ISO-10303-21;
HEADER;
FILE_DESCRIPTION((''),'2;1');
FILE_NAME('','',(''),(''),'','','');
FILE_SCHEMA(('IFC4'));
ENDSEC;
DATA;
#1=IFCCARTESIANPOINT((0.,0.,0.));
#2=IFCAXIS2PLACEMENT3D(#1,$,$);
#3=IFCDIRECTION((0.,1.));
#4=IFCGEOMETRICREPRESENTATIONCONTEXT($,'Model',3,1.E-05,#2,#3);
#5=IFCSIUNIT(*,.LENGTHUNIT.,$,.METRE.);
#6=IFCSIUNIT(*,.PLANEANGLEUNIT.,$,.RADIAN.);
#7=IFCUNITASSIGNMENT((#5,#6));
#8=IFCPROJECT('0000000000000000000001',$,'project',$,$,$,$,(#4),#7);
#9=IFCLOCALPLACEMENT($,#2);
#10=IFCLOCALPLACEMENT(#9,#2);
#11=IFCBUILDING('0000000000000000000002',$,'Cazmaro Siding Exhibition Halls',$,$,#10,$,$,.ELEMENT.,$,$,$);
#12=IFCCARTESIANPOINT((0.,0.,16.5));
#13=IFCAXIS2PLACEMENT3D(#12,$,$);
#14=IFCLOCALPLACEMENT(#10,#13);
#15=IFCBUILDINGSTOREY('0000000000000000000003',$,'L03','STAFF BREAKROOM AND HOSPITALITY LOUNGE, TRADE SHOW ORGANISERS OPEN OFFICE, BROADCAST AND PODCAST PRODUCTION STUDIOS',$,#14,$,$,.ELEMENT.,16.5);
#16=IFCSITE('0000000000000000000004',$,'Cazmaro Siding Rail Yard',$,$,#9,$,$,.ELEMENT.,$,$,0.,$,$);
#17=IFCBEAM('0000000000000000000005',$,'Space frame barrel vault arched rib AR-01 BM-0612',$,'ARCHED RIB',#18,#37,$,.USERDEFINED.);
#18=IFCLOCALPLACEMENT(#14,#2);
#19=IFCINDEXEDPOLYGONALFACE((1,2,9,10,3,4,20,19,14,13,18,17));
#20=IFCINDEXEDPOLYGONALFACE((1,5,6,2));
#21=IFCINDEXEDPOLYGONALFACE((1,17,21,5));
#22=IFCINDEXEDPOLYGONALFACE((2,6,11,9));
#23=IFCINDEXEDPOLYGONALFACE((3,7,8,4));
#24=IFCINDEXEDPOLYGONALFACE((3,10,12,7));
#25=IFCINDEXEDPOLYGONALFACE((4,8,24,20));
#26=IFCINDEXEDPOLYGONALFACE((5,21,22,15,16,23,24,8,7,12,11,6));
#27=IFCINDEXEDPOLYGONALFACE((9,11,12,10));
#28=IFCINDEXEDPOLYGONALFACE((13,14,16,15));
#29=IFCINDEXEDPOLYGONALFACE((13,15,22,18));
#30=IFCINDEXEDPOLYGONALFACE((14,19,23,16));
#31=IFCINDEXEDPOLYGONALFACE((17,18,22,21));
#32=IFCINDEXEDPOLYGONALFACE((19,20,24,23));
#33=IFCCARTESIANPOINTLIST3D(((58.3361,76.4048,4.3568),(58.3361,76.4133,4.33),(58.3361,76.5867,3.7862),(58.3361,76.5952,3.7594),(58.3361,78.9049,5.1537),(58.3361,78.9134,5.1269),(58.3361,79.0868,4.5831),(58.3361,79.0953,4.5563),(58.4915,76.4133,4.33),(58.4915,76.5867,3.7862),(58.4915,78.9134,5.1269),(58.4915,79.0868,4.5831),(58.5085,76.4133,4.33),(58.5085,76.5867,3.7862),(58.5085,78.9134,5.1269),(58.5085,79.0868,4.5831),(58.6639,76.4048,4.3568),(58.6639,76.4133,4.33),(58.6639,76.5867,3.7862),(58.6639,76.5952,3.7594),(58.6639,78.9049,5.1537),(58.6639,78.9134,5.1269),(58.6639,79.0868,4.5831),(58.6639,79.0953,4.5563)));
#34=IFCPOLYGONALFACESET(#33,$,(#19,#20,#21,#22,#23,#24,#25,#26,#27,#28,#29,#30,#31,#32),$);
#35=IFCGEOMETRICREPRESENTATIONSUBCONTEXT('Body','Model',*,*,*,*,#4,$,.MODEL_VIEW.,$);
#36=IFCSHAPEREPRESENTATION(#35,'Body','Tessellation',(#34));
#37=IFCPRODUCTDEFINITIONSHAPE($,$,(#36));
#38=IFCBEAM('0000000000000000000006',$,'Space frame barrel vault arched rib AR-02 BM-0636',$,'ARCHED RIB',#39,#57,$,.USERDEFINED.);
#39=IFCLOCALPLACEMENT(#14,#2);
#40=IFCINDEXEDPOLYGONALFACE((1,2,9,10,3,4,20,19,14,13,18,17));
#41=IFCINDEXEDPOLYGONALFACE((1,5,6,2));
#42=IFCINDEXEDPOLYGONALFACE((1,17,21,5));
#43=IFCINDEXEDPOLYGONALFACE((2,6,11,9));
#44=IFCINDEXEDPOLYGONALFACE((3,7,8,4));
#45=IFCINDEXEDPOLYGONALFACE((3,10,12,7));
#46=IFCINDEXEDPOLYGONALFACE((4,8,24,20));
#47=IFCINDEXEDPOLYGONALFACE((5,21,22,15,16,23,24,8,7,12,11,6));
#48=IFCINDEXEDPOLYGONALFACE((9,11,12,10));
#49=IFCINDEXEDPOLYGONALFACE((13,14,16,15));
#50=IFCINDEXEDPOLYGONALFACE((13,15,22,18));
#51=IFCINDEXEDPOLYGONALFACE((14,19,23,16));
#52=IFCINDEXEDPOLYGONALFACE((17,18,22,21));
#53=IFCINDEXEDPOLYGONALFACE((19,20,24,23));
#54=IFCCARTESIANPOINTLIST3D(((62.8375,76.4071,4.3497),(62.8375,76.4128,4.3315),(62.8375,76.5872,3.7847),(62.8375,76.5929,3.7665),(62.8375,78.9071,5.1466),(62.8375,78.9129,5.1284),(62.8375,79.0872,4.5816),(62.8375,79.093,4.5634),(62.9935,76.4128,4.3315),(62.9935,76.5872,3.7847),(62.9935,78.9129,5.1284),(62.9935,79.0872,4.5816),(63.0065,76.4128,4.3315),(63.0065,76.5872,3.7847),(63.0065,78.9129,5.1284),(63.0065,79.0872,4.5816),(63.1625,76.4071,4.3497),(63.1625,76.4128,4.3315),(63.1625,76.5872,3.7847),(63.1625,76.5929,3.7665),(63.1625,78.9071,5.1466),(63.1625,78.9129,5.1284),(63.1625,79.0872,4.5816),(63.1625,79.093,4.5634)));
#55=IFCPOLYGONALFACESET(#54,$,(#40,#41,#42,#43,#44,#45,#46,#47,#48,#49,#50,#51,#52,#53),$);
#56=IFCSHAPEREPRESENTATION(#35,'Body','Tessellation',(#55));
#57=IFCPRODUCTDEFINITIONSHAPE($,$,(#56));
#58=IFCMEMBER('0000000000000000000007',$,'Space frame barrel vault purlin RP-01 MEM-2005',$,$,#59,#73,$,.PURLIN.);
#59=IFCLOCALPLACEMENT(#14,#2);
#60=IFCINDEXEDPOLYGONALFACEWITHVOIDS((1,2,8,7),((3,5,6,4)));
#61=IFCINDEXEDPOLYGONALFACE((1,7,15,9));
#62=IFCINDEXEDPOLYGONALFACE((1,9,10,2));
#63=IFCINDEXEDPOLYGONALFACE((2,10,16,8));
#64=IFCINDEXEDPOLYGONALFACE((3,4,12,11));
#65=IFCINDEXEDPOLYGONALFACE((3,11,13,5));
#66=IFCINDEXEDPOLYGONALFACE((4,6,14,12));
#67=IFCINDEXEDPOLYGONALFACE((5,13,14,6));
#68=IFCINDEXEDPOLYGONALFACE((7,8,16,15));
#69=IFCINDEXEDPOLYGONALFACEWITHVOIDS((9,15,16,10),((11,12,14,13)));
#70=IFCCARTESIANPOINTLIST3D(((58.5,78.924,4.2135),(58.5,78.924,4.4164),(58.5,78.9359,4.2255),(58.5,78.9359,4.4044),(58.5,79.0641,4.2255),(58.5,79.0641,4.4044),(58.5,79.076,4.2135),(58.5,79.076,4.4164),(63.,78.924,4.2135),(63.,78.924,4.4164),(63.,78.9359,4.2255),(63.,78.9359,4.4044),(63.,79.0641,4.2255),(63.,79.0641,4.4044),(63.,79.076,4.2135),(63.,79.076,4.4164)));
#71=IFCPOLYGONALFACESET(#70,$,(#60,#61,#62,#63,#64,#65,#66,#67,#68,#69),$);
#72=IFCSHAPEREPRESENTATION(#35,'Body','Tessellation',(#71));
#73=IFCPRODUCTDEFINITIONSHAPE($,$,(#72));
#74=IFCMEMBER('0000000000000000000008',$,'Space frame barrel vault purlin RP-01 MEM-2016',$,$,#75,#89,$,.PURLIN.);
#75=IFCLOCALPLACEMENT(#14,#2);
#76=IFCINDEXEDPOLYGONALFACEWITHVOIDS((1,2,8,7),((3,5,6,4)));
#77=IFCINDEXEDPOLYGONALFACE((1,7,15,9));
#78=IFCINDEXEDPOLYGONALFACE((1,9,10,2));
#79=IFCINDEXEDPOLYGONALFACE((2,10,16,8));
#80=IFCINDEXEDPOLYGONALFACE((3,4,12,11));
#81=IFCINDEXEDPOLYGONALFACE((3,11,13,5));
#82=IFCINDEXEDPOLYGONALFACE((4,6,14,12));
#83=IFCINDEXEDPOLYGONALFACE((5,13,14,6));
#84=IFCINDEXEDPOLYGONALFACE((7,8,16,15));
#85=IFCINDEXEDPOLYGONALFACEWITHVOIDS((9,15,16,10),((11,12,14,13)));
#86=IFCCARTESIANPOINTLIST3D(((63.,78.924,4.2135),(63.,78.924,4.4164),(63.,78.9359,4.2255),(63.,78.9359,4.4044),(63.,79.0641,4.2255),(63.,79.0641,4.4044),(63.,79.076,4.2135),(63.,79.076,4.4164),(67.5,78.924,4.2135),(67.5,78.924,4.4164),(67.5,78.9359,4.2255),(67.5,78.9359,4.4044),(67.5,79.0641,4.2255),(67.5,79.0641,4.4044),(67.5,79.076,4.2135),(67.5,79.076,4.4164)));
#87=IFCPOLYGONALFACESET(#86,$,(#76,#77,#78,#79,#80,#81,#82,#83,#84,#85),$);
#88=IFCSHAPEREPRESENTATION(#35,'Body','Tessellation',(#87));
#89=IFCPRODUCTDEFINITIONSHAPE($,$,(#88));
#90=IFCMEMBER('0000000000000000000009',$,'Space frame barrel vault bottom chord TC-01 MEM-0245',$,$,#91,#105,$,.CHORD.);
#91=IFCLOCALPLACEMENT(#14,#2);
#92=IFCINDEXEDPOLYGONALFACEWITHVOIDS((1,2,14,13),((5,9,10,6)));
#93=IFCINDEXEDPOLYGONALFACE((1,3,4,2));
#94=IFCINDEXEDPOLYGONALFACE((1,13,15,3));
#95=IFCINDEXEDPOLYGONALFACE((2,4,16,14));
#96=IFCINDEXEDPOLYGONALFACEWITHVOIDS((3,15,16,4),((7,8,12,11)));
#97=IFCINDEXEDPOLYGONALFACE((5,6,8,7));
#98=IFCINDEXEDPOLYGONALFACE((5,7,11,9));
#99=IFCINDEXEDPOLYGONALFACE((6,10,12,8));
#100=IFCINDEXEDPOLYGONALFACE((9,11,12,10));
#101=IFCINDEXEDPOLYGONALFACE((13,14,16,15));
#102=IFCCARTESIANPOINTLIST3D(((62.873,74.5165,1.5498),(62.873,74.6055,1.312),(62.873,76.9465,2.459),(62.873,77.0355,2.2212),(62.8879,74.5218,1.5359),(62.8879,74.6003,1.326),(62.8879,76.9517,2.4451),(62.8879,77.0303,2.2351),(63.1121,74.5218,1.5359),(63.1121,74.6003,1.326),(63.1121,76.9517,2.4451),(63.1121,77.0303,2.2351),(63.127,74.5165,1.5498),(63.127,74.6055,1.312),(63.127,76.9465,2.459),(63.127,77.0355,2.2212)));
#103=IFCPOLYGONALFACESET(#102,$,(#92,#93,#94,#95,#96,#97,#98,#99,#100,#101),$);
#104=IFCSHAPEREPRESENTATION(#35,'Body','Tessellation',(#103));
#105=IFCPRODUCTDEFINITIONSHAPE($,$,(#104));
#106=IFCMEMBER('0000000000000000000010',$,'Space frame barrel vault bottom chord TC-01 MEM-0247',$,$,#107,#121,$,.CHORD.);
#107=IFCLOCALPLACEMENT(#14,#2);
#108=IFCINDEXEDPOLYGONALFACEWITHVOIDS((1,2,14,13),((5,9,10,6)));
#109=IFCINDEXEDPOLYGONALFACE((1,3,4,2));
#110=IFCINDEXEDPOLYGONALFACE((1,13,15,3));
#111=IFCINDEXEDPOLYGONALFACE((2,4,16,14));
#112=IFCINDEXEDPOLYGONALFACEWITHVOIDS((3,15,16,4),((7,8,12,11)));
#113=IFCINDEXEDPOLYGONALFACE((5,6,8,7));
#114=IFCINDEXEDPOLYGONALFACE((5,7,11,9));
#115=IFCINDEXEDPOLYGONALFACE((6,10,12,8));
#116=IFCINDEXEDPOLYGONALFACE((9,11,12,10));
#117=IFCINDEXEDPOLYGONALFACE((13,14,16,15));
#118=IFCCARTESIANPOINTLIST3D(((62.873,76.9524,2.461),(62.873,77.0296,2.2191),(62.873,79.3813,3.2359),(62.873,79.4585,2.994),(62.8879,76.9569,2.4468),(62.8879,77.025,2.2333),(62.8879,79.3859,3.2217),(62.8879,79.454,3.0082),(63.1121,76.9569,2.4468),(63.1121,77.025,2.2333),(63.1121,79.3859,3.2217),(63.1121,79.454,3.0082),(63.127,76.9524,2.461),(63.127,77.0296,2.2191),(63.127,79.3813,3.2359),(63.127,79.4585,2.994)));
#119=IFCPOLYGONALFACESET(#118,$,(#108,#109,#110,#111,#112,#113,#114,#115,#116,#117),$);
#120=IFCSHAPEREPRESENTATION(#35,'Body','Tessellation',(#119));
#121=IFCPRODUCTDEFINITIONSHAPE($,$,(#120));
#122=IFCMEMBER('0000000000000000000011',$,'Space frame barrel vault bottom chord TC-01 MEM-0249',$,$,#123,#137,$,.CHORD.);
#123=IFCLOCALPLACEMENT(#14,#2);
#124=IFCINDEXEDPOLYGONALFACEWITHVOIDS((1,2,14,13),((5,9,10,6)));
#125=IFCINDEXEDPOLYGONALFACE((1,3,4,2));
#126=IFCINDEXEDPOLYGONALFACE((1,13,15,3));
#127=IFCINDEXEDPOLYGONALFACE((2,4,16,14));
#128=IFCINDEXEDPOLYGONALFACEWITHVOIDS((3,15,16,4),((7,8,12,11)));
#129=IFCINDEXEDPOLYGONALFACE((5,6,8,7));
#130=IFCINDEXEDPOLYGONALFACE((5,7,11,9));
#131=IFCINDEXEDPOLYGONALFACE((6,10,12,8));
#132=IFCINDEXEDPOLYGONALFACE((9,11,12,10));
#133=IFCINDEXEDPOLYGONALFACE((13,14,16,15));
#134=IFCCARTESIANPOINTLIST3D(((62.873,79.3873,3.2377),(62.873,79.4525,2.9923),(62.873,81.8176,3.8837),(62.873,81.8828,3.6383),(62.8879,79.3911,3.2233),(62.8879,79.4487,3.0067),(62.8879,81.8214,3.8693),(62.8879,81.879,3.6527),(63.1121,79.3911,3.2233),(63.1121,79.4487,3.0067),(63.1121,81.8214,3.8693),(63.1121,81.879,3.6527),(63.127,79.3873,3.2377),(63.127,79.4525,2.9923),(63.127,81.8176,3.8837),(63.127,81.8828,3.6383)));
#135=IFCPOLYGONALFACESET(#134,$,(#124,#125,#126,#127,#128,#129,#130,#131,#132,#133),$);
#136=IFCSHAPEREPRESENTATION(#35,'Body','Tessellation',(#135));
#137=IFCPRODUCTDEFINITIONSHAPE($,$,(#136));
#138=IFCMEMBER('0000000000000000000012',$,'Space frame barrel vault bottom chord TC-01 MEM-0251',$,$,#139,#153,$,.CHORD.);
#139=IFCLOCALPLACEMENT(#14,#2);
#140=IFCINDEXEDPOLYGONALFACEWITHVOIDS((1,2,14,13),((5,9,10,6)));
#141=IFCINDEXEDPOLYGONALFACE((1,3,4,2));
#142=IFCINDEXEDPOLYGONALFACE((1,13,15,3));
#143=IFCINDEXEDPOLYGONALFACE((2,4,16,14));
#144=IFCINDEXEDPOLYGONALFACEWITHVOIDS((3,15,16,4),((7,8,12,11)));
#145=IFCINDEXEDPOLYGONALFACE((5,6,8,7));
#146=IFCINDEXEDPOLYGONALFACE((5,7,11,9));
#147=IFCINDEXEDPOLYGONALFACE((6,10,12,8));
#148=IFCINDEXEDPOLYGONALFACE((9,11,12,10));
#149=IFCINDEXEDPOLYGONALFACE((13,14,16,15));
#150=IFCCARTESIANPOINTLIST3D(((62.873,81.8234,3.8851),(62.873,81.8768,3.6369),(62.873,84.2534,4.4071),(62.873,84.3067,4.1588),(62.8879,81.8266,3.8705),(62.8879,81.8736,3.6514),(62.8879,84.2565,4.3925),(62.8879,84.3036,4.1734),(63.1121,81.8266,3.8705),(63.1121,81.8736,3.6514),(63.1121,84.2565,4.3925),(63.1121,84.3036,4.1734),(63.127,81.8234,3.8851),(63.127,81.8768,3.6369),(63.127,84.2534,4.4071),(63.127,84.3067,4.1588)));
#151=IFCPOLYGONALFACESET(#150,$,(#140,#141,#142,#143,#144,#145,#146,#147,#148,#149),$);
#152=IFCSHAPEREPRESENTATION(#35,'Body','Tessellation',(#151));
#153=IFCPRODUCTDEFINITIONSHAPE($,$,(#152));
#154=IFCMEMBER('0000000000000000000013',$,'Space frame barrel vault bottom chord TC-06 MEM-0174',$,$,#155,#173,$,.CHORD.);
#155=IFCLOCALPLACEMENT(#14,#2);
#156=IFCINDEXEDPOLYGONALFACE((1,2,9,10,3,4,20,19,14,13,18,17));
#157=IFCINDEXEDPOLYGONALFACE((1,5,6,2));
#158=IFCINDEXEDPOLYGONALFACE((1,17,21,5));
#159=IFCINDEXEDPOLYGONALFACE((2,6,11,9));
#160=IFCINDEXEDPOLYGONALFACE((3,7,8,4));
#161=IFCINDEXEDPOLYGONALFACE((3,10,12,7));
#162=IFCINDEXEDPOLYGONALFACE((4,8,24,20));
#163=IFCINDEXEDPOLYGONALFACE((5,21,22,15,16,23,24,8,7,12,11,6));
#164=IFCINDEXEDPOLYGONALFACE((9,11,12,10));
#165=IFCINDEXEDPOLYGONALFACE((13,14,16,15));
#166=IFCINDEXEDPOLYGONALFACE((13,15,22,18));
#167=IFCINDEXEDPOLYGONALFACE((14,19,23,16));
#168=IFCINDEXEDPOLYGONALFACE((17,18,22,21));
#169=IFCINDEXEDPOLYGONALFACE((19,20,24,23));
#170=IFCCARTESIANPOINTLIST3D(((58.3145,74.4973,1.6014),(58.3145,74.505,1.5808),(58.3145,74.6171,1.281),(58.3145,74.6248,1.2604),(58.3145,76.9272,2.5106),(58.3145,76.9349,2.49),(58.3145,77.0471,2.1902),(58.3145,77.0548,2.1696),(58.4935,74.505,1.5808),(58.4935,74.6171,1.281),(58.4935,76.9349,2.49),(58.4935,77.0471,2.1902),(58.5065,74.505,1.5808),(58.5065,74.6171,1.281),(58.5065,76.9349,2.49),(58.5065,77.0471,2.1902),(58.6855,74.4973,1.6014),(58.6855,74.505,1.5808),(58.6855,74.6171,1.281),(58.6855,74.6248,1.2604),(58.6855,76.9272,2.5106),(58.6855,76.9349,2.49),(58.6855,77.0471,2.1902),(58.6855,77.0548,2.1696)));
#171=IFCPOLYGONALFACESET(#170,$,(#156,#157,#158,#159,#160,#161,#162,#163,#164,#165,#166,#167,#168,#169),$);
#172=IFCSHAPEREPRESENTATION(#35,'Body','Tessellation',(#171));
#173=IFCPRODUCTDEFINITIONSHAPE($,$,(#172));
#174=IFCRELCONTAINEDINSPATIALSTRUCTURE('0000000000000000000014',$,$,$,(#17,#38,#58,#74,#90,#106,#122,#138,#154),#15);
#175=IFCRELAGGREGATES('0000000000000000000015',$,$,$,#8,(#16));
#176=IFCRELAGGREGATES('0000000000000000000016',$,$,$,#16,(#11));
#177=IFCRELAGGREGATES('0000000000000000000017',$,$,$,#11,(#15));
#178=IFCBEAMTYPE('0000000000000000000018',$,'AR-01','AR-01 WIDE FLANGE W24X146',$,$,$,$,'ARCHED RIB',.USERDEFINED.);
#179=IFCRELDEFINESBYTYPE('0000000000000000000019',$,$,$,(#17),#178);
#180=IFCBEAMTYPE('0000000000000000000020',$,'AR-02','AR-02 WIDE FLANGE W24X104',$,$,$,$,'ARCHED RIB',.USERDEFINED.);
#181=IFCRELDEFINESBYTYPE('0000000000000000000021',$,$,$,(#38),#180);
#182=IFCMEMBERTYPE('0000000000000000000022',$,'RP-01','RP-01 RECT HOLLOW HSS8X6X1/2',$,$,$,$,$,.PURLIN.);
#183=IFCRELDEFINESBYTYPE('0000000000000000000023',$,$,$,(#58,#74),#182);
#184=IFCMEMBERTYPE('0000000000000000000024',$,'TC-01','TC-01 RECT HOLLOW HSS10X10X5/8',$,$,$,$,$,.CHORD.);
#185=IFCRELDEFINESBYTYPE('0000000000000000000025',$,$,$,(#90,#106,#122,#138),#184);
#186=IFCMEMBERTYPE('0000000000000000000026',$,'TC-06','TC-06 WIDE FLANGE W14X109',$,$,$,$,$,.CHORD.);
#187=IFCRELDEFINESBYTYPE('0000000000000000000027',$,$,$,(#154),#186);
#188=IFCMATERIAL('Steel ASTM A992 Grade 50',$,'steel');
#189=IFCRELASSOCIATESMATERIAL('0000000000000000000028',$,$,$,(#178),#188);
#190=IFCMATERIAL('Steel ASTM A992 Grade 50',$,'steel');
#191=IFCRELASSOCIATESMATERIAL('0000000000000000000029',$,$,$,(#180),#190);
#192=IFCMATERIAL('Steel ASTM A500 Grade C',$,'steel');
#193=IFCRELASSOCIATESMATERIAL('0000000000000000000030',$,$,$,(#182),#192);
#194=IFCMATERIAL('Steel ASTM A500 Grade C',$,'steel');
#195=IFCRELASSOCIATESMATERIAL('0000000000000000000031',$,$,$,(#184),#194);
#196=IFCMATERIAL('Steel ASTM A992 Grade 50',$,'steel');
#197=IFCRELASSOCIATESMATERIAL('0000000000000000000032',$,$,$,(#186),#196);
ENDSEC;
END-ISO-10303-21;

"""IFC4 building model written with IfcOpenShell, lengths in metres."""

from ifc_helpers import new_model, si_unit, direction, frame, origin, origin_2d, place, context, subcontext, project, spatial, hollow_rectangle, i_section, extrude, material, material_profile, profile_set, type_object, element, save


model = new_model("IFC4")

# Units and contexts
model_context = context("Model", 3, precision=1e-05, world=origin(), true_north=direction((0.0, 1.0)))
body_context = subcontext(model_context, "Body", "Model", "MODEL_VIEW")
ifc_project = project(units=[si_unit("LENGTHUNIT", "METRE"), si_unit("PLANEANGLEUNIT", "RADIAN")], contexts=[model_context])

# Site, building, storey
site_placement = place(None, origin())
site = spatial("IfcSite", under=ifc_project, at=site_placement, Name="Cazmaro Siding Rail Yard", CompositionType="ELEMENT", RefElevation=0.0)
building_placement = place(site_placement, origin())
building = spatial("IfcBuilding", under=site, at=building_placement, Name="Cazmaro Siding Exhibition Halls", CompositionType="ELEMENT")
storey_placement = place(building_placement, frame((0.0, 0.0, 16.5)))
storey = spatial("IfcBuildingStorey", under=building, at=storey_placement, Name="L03", Description="STAFF BREAKROOM AND HOSPITALITY LOUNGE, TRADE SHOW ORGANISERS OPEN OFFICE, BROADCAST AND PODCAST PRODUCTION STUDIOS", CompositionType="ELEMENT", Elevation=16.5)

# Beams
ifc_material_1 = material(Name="Steel ASTM A992 Grade 50", Category="steel")
ifc_material_profile_1 = material_profile(ifc_material_1, i_section(OverallWidth=0.3279, OverallDepth=0.627, WebThickness=0.0171, FlangeThickness=0.0281, at=origin_2d()), Name="W24X146")
ifc_profile_set_1 = profile_set([ifc_material_profile_1], Name="Steel ASTM A992 Grade 50")
beam_type_1 = type_object("IfcBeamType", Name="AR-01", Description="AR-01 WIDE FLANGE W24X146", ElementType="ARCHED RIB", PredefinedType="USERDEFINED", material=ifc_profile_set_1)
beam_1_placement = place(storey_placement, frame((58.5, 76.5, 4.0581), z_axis=(0.0, 0.952769, 0.303695), x_axis=(-1.0, 0.0, 0.0)))
element("IfcBeam", 1, at=beam_1_placement, inside=storey, type_object=beam_type_1, Name="Space frame barrel vault arched rib AR-01 BM-0612", ObjectType="ARCHED RIB", PredefinedType="USERDEFINED", context=body_context, shape_type="SweptSolid", body=[
    extrude(i_section(OverallWidth=0.3279, OverallDepth=0.627, WebThickness=0.0171, FlangeThickness=0.0281, at=origin_2d()), origin(), (0.0, 0.0, 1.0), 2.624),
])
ifc_material_2 = material(Name="Steel ASTM A992 Grade 50", Category="steel")
ifc_material_profile_2 = material_profile(ifc_material_2, i_section(OverallWidth=0.325, OverallDepth=0.6121, WebThickness=0.0129, FlangeThickness=0.019, at=origin_2d()), Name="W24X104")
ifc_profile_set_2 = profile_set([ifc_material_profile_2], Name="Steel ASTM A992 Grade 50")
beam_type_2 = type_object("IfcBeamType", Name="AR-02", Description="AR-02 WIDE FLANGE W24X104", ElementType="ARCHED RIB", PredefinedType="USERDEFINED", material=ifc_profile_set_2)
beam_2_placement = place(storey_placement, frame((63.0, 76.5, 4.0581), z_axis=(0.0, 0.952769, 0.303695), x_axis=(-1.0, 0.0, 0.0)))
element("IfcBeam", 2, at=beam_2_placement, inside=storey, type_object=beam_type_2, Name="Space frame barrel vault arched rib AR-02 BM-0636", ObjectType="ARCHED RIB", PredefinedType="USERDEFINED", context=body_context, shape_type="SweptSolid", body=[
    extrude(i_section(OverallWidth=0.325, OverallDepth=0.6121, WebThickness=0.0129, FlangeThickness=0.019, at=origin_2d()), origin(), (0.0, 0.0, 1.0), 2.624),
])

# Members
ifc_material_3 = material(Name="Steel ASTM A500 Grade C", Category="steel")
ifc_material_profile_3 = material_profile(ifc_material_3, hollow_rectangle(XDim=0.1521, YDim=0.2029, WallThickness=0.012, at=origin_2d()), Name="HSS8X6X1/2")
ifc_profile_set_3 = profile_set([ifc_material_profile_3], Name="Steel ASTM A500 Grade C")
member_type_1 = type_object("IfcMemberType", Name="RP-01", Description="RP-01 RECT HOLLOW HSS8X6X1/2", PredefinedType="PURLIN", material=ifc_profile_set_3)
for number, where, z_axis, x_axis, name in (
    (3, (58.5, 79.0, 4.3149), (1.0, 0.0, 0.0), (0.0, 1.0, 0.0), "Space frame barrel vault purlin RP-01 MEM-2005"),
    (4, (63.0, 79.0, 4.3149), (1.0, 0.0, 0.0), (0.0, 1.0, 0.0), "Space frame barrel vault purlin RP-01 MEM-2016"),
):
    element("IfcMember", number, at=place(storey_placement, frame(where, z_axis=z_axis, x_axis=x_axis)), inside=storey, type_object=member_type_1, Name=name, PredefinedType="PURLIN", context=body_context, shape_type="SweptSolid", body=[
        extrude(hollow_rectangle(XDim=0.1521, YDim=0.2029, WallThickness=0.012, at=origin_2d()), origin(), (0.0, 0.0, 1.0), 4.5),
    ])
ifc_material_4 = material(Name="Steel ASTM A500 Grade C", Category="steel")
ifc_material_profile_4 = material_profile(ifc_material_4, hollow_rectangle(XDim=0.2539, YDim=0.2539, WallThickness=0.0149, at=origin_2d()), Name="HSS10X10X5/8")
ifc_profile_set_4 = profile_set([ifc_material_profile_4], Name="Steel ASTM A500 Grade C")
member_type_2 = type_object("IfcMemberType", Name="TC-01", Description="TC-01 RECT HOLLOW HSS10X10X5/8", PredefinedType="CHORD", material=ifc_profile_set_4)
member_1_placement = place(storey_placement, frame((63.0, 74.561, 1.4309), z_axis=(0.0, 0.936588, 0.350432), x_axis=(-1.0, 0.0, 0.0)))
element("IfcMember", 5, at=member_1_placement, inside=storey, type_object=member_type_2, Name="Space frame barrel vault bottom chord TC-01 MEM-0245", PredefinedType="CHORD", context=body_context, shape_type="SweptSolid", body=[
    extrude(hollow_rectangle(XDim=0.2539, YDim=0.2539, WallThickness=0.0149, at=origin_2d()), origin(), (0.0, 0.0, 1.0), 2.5945),
])
member_2_placement = place(storey_placement, frame((63.0, 76.991, 2.3401), z_axis=(0.0, 0.952693, 0.303935), x_axis=(-1.0, 0.0, 0.0)))
element("IfcMember", 6, at=member_2_placement, inside=storey, type_object=member_type_2, Name="Space frame barrel vault bottom chord TC-01 MEM-0247", PredefinedType="CHORD", context=body_context, shape_type="SweptSolid", body=[
    extrude(hollow_rectangle(XDim=0.2539, YDim=0.2539, WallThickness=0.0149, at=origin_2d()), origin(), (0.0, 0.0, 1.0), 2.5496),
])
member_3_placement = place(storey_placement, frame((63.0, 79.4199, 3.115), z_axis=(0.0, 0.966438, 0.256901), x_axis=(-1.0, 0.0, 0.0)))
element("IfcMember", 7, at=member_3_placement, inside=storey, type_object=member_type_2, Name="Space frame barrel vault bottom chord TC-01 MEM-0249", PredefinedType="CHORD", context=body_context, shape_type="SweptSolid", body=[
    extrude(hollow_rectangle(XDim=0.2539, YDim=0.2539, WallThickness=0.0149, at=origin_2d()), origin(), (0.0, 0.0, 1.0), 2.5146),
])
member_4_placement = place(storey_placement, frame((63.0, 81.8501, 3.761), z_axis=(0.0, 0.977697, 0.210019), x_axis=(-1.0, 0.0, 0.0)))
element("IfcMember", 8, at=member_4_placement, inside=storey, type_object=member_type_2, Name="Space frame barrel vault bottom chord TC-01 MEM-0251", PredefinedType="CHORD", context=body_context, shape_type="SweptSolid", body=[
    extrude(hollow_rectangle(XDim=0.2539, YDim=0.2539, WallThickness=0.0149, at=origin_2d()), origin(), (0.0, 0.0, 1.0), 2.4854),
])
ifc_material_5 = material(Name="Steel ASTM A992 Grade 50", Category="steel")
ifc_material_profile_5 = material_profile(ifc_material_5, i_section(OverallWidth=0.3711, OverallDepth=0.364, WebThickness=0.0129, FlangeThickness=0.022, at=origin_2d()), Name="W14X109")
ifc_profile_set_5 = profile_set([ifc_material_profile_5], Name="Steel ASTM A992 Grade 50")
member_type_3 = type_object("IfcMemberType", Name="TC-06", Description="TC-06 WIDE FLANGE W14X109", PredefinedType="CHORD", material=ifc_profile_set_5)
member_5_placement = place(storey_placement, frame((58.5, 74.561, 1.4309), z_axis=(0.0, 0.936588, 0.350432), x_axis=(-1.0, 0.0, 0.0)))
element("IfcMember", 9, at=member_5_placement, inside=storey, type_object=member_type_3, Name="Space frame barrel vault bottom chord TC-06 MEM-0174", PredefinedType="CHORD", context=body_context, shape_type="SweptSolid", body=[
    extrude(i_section(OverallWidth=0.3711, OverallDepth=0.364, WebThickness=0.0129, FlangeThickness=0.022, at=origin_2d()), origin(), (0.0, 0.0, 1.0), 2.5945),
])

save(model, "model.ifc")
